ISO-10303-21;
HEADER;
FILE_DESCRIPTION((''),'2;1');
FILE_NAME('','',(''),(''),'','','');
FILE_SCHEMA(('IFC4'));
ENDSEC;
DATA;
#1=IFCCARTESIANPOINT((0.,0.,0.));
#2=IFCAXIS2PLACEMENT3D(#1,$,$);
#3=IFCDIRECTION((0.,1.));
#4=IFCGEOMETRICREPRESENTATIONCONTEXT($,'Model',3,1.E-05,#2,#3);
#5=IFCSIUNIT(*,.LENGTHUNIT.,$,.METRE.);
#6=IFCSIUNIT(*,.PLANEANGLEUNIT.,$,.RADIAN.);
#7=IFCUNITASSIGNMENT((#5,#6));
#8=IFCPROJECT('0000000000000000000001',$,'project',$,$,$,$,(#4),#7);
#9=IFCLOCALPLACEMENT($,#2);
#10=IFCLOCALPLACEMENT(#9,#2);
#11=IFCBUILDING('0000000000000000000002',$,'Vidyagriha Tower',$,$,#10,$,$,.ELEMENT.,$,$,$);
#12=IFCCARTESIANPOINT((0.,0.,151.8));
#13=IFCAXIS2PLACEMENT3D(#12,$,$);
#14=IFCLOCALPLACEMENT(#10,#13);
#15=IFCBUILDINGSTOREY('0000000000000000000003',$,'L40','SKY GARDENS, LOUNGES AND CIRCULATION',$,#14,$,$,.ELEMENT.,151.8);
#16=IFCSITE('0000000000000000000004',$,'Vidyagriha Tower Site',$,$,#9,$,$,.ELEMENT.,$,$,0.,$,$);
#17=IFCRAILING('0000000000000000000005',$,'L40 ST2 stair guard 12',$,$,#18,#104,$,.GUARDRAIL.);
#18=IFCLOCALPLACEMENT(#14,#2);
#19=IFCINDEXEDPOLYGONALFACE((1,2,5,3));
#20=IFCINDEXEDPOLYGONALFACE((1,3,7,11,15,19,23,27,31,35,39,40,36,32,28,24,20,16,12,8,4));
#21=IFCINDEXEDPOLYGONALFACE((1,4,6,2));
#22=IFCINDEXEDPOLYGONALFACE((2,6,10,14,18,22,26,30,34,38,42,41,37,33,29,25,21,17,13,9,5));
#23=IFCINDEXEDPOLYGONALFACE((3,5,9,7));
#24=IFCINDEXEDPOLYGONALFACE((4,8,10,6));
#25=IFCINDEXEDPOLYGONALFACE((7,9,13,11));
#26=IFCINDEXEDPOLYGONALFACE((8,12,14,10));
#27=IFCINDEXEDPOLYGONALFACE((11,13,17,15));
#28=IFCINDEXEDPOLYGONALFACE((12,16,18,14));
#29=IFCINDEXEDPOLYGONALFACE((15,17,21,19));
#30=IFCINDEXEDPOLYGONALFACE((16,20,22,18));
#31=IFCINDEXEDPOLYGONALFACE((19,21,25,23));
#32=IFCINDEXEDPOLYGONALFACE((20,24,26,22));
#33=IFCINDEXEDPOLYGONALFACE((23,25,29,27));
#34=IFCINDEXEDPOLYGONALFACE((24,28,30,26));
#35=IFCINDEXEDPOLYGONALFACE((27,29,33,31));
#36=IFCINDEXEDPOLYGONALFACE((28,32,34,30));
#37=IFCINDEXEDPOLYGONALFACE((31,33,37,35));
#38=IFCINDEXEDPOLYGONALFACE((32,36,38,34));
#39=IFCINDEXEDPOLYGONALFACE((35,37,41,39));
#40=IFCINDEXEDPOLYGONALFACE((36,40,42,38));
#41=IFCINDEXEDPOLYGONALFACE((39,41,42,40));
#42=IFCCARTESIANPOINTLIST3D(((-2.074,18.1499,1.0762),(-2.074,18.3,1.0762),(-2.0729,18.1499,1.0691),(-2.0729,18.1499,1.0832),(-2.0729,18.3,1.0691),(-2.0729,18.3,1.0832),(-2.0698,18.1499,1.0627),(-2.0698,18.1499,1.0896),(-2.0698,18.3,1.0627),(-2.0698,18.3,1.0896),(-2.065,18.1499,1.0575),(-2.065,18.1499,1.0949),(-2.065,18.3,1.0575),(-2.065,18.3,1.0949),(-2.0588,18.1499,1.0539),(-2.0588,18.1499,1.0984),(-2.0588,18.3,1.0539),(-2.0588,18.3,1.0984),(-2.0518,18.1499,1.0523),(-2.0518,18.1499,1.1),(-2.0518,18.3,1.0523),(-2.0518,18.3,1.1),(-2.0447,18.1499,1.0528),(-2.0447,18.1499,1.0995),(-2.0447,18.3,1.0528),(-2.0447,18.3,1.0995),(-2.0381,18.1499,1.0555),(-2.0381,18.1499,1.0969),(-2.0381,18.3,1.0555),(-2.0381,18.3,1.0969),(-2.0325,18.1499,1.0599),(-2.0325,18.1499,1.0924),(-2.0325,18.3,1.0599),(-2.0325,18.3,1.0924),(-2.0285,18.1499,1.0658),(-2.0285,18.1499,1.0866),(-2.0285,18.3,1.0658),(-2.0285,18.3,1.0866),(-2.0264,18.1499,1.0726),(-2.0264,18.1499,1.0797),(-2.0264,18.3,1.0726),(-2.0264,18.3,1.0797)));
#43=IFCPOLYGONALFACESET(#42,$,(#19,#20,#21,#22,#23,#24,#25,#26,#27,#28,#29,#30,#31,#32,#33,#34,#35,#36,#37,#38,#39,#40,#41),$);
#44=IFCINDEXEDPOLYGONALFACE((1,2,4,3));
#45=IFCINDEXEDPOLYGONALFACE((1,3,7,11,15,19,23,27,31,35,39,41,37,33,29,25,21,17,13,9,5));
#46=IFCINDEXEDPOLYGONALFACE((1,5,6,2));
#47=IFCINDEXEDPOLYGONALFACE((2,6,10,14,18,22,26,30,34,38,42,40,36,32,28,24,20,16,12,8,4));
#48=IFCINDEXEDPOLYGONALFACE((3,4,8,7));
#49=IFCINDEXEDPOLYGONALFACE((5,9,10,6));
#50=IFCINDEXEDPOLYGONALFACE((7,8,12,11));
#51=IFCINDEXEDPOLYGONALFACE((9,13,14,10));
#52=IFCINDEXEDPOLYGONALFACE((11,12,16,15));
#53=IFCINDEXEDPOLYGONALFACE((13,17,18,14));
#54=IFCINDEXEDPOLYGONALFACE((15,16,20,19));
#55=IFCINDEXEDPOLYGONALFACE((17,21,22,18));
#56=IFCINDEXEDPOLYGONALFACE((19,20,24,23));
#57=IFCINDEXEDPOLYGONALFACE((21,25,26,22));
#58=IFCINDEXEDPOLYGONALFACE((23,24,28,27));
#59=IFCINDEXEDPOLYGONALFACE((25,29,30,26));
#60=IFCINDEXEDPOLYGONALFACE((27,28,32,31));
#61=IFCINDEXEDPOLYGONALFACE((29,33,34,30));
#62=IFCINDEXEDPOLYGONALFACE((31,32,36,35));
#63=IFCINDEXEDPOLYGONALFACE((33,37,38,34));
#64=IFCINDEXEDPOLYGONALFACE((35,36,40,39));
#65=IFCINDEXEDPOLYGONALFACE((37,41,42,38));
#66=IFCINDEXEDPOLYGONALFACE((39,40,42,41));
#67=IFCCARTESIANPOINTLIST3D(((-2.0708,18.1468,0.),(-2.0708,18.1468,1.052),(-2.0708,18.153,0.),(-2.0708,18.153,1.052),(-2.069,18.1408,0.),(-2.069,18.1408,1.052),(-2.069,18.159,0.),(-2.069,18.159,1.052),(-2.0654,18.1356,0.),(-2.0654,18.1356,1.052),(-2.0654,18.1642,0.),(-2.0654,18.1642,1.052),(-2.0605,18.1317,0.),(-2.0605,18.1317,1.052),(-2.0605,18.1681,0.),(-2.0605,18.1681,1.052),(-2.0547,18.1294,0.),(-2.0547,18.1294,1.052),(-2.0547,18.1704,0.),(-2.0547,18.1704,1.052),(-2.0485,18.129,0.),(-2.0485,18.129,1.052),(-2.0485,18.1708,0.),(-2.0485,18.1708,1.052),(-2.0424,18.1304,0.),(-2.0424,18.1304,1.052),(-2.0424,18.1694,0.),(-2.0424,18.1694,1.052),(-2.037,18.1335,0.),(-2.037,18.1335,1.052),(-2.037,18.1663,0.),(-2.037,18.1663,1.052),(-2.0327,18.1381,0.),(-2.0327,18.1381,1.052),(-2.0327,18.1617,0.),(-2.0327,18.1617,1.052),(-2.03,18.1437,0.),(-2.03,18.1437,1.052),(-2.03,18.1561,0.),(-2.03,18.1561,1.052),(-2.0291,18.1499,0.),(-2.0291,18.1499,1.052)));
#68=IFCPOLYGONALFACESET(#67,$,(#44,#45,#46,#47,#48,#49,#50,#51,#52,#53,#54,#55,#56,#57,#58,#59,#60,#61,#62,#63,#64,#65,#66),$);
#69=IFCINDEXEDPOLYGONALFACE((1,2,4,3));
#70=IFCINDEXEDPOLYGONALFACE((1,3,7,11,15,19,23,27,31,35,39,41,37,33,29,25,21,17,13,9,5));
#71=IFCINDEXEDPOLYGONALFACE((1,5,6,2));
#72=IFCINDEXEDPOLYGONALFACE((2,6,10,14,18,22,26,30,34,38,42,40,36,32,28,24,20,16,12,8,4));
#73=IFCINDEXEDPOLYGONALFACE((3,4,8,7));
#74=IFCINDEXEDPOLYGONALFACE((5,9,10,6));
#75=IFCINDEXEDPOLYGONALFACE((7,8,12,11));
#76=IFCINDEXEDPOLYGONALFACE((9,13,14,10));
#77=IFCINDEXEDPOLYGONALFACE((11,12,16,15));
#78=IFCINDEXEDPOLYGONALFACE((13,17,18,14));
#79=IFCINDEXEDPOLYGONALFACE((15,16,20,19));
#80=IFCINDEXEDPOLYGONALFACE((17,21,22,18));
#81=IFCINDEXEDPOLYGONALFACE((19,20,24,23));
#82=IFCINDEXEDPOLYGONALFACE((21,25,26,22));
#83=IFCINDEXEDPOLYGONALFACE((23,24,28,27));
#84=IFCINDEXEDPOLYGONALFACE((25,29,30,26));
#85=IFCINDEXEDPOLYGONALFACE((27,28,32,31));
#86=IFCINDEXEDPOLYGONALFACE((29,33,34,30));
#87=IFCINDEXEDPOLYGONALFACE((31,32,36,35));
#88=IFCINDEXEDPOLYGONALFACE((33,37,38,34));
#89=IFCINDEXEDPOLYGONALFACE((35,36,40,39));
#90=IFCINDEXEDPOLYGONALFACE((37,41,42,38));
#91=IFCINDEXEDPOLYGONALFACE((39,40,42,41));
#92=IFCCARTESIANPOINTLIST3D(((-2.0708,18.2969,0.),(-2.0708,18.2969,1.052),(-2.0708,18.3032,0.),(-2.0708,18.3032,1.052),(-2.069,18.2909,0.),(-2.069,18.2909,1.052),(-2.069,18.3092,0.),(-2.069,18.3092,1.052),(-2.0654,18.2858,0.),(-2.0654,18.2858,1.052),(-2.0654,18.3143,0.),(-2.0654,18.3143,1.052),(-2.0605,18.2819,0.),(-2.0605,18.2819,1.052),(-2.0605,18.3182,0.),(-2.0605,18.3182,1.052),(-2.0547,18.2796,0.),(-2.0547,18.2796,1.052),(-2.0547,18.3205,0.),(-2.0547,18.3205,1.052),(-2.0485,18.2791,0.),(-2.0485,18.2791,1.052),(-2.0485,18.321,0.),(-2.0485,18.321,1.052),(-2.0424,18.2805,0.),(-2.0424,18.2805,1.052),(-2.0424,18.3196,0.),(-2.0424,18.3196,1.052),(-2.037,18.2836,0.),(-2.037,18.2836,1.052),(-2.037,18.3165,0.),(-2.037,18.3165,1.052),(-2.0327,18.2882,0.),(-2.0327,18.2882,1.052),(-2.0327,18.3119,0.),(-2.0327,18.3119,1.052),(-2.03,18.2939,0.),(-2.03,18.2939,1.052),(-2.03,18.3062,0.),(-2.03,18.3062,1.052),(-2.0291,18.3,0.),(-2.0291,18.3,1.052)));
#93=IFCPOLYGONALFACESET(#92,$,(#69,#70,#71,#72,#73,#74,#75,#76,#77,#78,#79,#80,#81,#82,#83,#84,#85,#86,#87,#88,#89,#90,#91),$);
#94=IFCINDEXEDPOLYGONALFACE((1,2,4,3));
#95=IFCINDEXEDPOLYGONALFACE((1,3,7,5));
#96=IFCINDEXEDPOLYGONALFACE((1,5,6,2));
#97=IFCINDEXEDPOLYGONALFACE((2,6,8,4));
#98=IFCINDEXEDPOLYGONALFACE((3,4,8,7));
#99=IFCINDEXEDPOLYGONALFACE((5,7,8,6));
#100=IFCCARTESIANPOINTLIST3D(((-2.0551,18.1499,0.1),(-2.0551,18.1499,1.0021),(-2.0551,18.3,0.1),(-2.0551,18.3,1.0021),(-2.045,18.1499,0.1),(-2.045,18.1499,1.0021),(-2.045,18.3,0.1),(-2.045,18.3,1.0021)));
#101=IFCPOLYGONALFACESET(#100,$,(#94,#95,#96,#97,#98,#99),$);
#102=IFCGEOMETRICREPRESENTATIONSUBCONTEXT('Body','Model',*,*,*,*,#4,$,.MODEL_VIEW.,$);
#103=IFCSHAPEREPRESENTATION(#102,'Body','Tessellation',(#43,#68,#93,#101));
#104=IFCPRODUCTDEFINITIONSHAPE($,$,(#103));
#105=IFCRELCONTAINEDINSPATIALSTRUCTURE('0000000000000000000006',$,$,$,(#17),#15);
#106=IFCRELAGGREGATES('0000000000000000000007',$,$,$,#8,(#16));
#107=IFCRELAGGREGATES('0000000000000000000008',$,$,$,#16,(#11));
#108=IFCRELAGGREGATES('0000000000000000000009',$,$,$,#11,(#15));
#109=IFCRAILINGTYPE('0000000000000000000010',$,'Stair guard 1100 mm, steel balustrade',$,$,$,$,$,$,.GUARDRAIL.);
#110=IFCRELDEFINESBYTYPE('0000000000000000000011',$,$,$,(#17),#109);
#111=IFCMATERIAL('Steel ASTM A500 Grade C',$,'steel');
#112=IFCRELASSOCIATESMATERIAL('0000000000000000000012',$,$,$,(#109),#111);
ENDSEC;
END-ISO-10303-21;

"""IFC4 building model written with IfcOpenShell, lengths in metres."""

from ifc_helpers import new_model, si_unit, direction, frame, origin, origin_2d, place, context, subcontext, project, spatial, rectangle, circle, extrude, material, type_object, element, save


model = new_model("IFC4")

# Units and contexts
model_context = context("Model", 3, precision=1e-05, world=origin(), true_north=direction((0.0, 1.0)))
body_context = subcontext(model_context, "Body", "Model", "MODEL_VIEW")
ifc_project = project(units=[si_unit("LENGTHUNIT", "METRE"), si_unit("PLANEANGLEUNIT", "RADIAN")], contexts=[model_context])

# Site, building, storey
site_placement = place(None, origin())
site = spatial("IfcSite", under=ifc_project, at=site_placement, Name="Vidyagriha Tower Site", CompositionType="ELEMENT", RefElevation=0.0)
building_placement = place(site_placement, origin())
building = spatial("IfcBuilding", under=site, at=building_placement, Name="Vidyagriha Tower", CompositionType="ELEMENT")
storey_placement = place(building_placement, frame((0.0, 0.0, 151.8)))
storey = spatial("IfcBuildingStorey", under=building, at=storey_placement, Name="L40", Description="SKY GARDENS, LOUNGES AND CIRCULATION", CompositionType="ELEMENT", Elevation=151.8)

# Railing
ifc_material_1 = material(Name="Steel ASTM A500 Grade C", Category="steel")
railing_type_1 = type_object("IfcRailingType", Name="Stair guard 1100 mm, steel balustrade", PredefinedType="GUARDRAIL", material=ifc_material_1)
railing_1_placement = place(storey_placement, frame((-2.05, 18.1499, 0.0)))
element("IfcRailing", 1, at=railing_1_placement, inside=storey, type_object=railing_type_1, Name="L40 ST2 stair guard 12", PredefinedType="GUARDRAIL", context=body_context, shape_type="SweptSolid", body=[
    extrude(circle(Radius=0.0239, at=origin_2d()), frame((0.0, 0.0, 1.0762), z_axis=(0.0, 1.0, 0.0), x_axis=(-1.0, 0.0, 0.0)), (0.0, 0.0, 1.0), 0.1501),
    extrude(circle(Radius=0.021, at=origin_2d()), origin(), (0.0, 0.0, 1.0), 1.052),
    extrude(circle(Radius=0.021, at=origin_2d()), frame((0.0, 0.1501, 0.0)), (0.0, 0.0, 1.0), 1.052),
    extrude(rectangle(XDim=0.01, YDim=0.9021, at=origin_2d()), frame((0.0, 0.0, 0.551), z_axis=(0.0, 1.0, 0.0), x_axis=(-1.0, 0.0, 0.0)), (0.0, 0.0, 1.0), 0.1501),
])

save(model, "model.ifc")
